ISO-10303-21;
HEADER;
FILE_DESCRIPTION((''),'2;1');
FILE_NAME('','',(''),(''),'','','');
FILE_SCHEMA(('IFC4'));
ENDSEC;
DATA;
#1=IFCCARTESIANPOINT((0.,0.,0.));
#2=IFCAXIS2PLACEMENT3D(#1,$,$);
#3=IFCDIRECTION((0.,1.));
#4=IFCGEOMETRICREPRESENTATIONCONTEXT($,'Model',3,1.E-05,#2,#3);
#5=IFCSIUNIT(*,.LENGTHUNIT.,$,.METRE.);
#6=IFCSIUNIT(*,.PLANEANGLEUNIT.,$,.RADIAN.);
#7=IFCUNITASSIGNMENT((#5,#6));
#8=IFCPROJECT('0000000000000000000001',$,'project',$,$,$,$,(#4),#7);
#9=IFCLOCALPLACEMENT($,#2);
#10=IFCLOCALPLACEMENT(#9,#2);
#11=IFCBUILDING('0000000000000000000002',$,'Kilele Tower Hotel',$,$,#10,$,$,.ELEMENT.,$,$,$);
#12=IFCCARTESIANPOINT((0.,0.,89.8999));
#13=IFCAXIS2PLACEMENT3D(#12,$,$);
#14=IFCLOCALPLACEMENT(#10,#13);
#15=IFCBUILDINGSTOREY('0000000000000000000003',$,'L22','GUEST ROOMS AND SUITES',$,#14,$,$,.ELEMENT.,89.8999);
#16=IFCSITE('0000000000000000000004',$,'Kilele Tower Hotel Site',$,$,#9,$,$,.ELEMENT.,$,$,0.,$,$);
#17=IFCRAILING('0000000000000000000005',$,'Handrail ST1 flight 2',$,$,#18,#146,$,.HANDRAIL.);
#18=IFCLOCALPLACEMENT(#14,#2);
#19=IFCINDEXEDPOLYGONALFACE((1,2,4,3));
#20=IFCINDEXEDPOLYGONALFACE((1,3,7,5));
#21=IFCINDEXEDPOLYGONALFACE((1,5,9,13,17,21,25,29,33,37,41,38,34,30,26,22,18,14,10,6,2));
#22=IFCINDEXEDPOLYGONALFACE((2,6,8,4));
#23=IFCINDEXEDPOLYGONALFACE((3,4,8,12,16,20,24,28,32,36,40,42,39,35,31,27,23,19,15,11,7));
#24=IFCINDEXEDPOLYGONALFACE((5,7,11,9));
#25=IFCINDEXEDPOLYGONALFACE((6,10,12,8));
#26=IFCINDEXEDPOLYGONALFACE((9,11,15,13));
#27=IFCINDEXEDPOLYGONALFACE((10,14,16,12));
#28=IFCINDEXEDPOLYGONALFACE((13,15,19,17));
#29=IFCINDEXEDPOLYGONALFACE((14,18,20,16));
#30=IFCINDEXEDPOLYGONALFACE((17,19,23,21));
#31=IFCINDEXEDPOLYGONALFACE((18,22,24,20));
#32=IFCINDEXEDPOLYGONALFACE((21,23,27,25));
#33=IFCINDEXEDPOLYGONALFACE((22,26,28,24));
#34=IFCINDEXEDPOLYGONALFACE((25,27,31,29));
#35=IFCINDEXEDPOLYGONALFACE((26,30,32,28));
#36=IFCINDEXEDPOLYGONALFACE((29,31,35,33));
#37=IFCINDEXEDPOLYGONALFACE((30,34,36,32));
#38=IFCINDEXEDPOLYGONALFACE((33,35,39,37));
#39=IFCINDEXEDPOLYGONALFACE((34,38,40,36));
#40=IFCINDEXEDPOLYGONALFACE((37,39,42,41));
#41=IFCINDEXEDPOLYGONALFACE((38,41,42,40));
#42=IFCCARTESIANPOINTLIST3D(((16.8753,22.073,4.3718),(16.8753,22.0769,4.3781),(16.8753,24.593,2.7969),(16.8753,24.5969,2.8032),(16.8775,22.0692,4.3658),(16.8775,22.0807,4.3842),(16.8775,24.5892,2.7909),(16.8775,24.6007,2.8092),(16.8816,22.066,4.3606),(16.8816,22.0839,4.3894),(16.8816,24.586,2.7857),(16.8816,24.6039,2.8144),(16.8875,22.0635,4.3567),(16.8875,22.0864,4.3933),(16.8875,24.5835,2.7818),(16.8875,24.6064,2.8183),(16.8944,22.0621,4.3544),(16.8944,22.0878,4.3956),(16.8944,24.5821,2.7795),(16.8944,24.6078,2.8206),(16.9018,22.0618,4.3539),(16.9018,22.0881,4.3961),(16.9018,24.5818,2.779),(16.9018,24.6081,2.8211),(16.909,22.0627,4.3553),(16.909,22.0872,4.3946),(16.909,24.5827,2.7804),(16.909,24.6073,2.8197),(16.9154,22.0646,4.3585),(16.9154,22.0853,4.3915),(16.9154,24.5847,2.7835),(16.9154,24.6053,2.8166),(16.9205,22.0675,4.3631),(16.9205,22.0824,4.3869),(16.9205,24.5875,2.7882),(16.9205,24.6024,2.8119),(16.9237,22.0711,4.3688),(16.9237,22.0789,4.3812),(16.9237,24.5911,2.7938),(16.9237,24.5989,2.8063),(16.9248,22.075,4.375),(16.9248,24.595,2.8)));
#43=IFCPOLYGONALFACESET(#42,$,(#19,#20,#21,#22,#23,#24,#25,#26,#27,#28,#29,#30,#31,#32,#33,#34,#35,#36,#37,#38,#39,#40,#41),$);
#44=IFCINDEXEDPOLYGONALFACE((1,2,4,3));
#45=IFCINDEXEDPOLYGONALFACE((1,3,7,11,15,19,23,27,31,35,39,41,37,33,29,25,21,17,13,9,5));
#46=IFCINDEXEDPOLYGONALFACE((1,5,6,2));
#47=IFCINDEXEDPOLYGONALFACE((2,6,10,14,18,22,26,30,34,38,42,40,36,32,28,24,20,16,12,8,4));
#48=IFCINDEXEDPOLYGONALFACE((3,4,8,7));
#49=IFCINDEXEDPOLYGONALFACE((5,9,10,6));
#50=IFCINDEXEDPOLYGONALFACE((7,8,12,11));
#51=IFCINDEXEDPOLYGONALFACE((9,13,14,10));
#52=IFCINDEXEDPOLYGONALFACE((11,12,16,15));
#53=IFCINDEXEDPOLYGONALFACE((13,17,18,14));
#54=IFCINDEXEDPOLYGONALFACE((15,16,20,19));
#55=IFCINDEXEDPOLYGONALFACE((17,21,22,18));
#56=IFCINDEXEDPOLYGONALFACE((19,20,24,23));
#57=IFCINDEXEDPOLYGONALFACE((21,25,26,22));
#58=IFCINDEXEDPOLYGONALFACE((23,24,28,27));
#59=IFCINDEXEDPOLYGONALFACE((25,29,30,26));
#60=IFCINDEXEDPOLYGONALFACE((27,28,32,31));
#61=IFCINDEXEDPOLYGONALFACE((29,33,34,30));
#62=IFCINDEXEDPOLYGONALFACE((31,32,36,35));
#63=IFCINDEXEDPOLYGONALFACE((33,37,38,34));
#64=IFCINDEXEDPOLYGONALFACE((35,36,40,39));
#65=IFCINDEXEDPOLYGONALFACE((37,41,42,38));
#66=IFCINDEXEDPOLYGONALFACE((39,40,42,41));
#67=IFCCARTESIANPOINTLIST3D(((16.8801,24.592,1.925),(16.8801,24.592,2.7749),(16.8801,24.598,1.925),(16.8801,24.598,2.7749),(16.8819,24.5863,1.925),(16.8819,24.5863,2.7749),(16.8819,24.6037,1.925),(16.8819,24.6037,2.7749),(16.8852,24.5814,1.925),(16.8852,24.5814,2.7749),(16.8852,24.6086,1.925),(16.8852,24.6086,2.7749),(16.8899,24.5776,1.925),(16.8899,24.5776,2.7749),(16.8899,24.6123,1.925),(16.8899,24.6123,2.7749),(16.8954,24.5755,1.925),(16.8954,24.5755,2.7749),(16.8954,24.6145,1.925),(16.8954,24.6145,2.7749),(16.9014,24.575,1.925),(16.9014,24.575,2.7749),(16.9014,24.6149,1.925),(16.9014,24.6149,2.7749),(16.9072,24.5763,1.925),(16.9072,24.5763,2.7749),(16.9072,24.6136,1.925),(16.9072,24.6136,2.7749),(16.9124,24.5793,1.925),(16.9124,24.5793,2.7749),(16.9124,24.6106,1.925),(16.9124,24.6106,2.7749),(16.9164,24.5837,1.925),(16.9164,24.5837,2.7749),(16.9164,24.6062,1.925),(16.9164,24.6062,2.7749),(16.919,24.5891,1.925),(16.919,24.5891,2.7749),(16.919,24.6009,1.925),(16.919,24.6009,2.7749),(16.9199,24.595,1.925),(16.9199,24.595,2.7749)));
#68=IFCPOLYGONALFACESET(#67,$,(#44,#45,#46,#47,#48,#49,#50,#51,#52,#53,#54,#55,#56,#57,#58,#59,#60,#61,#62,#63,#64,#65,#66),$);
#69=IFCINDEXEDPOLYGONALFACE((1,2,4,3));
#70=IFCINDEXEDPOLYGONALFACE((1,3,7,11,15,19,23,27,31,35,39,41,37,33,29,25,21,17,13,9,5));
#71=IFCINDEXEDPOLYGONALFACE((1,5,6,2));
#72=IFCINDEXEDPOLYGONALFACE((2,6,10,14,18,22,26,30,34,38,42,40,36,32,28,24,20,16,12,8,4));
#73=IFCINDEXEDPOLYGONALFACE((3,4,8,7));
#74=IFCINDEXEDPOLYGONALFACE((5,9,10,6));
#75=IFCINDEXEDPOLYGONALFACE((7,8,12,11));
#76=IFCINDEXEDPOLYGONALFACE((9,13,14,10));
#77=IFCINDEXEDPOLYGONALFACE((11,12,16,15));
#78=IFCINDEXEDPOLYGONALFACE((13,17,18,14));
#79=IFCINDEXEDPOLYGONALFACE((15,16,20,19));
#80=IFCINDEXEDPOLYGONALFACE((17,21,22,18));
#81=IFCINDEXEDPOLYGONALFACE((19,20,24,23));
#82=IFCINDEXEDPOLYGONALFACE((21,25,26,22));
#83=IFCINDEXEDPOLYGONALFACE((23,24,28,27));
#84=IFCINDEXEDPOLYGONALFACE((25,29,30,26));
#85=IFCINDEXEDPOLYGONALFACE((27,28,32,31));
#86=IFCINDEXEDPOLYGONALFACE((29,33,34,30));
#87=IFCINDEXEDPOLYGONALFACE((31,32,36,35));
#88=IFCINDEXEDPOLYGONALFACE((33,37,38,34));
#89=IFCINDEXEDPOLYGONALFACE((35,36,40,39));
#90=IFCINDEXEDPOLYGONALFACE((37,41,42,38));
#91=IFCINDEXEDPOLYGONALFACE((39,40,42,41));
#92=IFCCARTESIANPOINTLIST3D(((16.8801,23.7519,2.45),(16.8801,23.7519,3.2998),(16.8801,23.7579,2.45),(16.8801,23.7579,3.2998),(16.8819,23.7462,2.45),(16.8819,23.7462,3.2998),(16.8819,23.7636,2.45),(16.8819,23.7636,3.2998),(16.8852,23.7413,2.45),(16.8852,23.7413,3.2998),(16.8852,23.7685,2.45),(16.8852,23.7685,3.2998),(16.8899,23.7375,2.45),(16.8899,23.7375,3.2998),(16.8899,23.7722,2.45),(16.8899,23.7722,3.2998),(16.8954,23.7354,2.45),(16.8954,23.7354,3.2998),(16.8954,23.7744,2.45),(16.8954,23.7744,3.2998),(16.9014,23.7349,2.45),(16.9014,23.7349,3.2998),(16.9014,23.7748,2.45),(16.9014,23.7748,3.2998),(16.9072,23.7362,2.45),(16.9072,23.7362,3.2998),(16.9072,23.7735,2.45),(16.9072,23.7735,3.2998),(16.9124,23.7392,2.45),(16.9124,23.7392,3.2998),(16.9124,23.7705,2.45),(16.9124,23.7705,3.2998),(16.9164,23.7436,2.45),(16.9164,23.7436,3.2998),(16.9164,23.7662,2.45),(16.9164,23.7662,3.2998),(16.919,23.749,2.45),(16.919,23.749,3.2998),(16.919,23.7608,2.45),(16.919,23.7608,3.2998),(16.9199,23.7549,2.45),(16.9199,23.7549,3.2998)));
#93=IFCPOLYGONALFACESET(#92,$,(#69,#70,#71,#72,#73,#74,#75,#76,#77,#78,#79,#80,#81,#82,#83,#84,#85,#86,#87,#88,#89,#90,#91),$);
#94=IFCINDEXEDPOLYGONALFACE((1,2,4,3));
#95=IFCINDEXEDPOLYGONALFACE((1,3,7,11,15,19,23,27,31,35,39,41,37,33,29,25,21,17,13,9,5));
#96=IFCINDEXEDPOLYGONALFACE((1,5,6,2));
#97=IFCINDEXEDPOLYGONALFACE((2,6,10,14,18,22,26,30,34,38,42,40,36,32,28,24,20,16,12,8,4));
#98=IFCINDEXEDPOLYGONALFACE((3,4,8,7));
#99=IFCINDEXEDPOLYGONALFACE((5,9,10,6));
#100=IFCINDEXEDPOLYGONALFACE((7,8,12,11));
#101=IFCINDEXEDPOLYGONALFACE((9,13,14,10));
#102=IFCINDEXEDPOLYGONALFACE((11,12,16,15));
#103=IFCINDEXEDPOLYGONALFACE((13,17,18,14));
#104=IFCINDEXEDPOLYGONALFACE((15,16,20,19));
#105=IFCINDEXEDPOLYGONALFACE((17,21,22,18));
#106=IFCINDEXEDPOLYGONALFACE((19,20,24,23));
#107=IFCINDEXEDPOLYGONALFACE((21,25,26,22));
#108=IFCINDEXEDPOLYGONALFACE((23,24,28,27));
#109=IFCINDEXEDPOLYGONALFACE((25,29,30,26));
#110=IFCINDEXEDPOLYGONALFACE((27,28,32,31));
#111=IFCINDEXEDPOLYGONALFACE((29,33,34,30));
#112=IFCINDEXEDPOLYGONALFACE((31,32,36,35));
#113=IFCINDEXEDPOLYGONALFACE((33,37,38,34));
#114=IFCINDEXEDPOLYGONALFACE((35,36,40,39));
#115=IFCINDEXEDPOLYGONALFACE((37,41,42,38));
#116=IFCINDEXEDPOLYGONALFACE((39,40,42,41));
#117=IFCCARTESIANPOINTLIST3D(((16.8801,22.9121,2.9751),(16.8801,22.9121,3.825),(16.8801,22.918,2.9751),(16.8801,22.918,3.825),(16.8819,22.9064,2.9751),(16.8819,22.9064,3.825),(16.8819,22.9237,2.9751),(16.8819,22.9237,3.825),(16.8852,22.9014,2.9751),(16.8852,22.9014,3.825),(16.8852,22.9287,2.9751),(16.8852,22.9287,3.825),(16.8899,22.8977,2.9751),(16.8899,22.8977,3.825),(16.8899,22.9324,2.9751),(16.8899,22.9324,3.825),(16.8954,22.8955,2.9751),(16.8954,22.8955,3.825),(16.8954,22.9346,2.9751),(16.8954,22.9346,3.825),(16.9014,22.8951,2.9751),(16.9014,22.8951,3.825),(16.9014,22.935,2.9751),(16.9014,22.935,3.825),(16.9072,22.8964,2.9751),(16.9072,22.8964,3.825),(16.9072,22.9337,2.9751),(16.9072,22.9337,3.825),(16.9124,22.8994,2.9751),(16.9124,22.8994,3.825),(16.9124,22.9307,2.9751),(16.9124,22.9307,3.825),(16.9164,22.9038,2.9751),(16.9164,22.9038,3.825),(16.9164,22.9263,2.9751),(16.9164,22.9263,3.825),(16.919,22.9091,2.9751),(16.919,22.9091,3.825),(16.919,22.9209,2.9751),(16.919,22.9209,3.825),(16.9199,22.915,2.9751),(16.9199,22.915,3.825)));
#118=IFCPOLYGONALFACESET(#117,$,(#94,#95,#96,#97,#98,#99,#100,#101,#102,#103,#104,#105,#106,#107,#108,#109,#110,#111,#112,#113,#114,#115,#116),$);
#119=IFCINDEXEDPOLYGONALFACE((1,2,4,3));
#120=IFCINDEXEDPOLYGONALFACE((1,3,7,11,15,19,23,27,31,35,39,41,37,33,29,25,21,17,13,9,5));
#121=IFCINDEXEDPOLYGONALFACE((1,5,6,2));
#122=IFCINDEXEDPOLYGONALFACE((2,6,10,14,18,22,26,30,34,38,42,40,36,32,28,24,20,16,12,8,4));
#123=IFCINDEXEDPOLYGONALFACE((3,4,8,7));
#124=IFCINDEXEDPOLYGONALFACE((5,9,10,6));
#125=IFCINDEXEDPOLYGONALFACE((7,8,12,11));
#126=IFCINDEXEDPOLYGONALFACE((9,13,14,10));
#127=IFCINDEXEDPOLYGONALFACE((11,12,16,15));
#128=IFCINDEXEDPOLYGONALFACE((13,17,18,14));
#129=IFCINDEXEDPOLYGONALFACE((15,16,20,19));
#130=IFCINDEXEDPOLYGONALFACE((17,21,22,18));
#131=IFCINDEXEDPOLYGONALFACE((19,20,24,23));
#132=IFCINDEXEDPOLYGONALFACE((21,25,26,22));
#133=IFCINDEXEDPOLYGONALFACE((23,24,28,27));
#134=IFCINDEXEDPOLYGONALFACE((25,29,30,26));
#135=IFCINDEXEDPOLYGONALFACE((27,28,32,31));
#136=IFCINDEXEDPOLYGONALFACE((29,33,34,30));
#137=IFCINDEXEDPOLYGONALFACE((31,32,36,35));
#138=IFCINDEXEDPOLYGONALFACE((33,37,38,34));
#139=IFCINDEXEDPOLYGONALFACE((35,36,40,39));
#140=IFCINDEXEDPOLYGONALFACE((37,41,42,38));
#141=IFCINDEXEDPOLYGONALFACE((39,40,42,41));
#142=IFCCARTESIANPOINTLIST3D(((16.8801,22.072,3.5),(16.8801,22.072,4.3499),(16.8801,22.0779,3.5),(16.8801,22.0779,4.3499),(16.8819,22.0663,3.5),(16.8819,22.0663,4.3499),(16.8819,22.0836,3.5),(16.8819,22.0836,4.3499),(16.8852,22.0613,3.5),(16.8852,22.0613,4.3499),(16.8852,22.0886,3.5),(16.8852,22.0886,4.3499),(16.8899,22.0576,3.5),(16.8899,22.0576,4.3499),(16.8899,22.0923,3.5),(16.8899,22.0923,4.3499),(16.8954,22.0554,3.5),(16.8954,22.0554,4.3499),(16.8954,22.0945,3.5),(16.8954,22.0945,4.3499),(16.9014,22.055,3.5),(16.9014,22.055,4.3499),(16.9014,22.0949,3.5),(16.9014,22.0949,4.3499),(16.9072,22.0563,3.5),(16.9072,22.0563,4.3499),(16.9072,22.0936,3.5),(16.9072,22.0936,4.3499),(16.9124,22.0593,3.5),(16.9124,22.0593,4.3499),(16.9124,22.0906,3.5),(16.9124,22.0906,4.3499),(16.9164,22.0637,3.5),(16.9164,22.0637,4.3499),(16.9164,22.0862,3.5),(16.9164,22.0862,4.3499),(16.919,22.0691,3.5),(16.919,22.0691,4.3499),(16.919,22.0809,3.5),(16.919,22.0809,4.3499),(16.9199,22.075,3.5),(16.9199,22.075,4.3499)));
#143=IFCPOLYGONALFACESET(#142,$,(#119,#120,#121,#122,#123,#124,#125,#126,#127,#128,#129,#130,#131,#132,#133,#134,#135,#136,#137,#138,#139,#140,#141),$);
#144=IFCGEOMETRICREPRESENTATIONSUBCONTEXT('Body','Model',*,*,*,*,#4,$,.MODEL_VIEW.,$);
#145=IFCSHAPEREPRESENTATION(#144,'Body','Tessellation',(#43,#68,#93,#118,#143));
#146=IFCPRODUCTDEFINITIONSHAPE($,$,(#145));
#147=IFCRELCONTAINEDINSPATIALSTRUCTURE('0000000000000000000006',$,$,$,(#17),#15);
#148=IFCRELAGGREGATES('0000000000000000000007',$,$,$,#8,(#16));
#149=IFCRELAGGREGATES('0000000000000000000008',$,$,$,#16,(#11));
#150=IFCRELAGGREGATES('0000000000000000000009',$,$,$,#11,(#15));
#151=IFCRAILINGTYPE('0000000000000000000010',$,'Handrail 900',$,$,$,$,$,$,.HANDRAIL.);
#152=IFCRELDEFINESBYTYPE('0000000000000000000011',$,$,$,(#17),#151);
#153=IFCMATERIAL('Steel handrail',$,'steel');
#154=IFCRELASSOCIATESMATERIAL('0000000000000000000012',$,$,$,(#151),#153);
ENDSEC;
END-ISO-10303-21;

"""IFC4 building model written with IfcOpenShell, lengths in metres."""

from ifc_helpers import new_model, si_unit, direction, frame, origin, origin_2d, place, context, subcontext, project, spatial, circle, extrude, material, type_object, element, save


model = new_model("IFC4")

# Units and contexts
model_context = context("Model", 3, precision=1e-05, world=origin(), true_north=direction((0.0, 1.0)))
body_context = subcontext(model_context, "Body", "Model", "MODEL_VIEW")
ifc_project = project(units=[si_unit("LENGTHUNIT", "METRE"), si_unit("PLANEANGLEUNIT", "RADIAN")], contexts=[model_context])

# Site, building, storey
site_placement = place(None, origin())
site = spatial("IfcSite", under=ifc_project, at=site_placement, Name="Kilele Tower Hotel Site", CompositionType="ELEMENT", RefElevation=0.0)
building_placement = place(site_placement, origin())
building = spatial("IfcBuilding", under=site, at=building_placement, Name="Kilele Tower Hotel", CompositionType="ELEMENT")
storey_placement = place(building_placement, frame((0.0, 0.0, 89.8999)))
storey = spatial("IfcBuildingStorey", under=building, at=storey_placement, Name="L22", Description="GUEST ROOMS AND SUITES", CompositionType="ELEMENT", Elevation=89.8999)

# Railing
ifc_material_1 = material(Name="Steel handrail", Category="steel")
railing_type_1 = type_object("IfcRailingType", Name="Handrail 900", PredefinedType="HANDRAIL", material=ifc_material_1)
for number, where, name in (
    (1, (16.8999, 24.595, 1.925), "Handrail ST1 flight 2"),
):
    element("IfcRailing", number, at=place(storey_placement, frame(where)), inside=storey, type_object=railing_type_1, Name=name, PredefinedType="HANDRAIL", context=body_context, shape_type="SweptSolid", body=[
        extrude(circle(Radius=0.0249, at=origin_2d()), frame((0.0, 0.0, 0.875), z_axis=(0.0, -0.848008, 0.529984), x_axis=(1.0, 0.0, 0.0)), (0.0, 0.0, 1.0), 2.9717),
        extrude(circle(Radius=0.02, at=origin_2d()), origin(), (0.0, 0.0, 1.0), 0.8499),
        extrude(circle(Radius=0.02, at=origin_2d()), frame((0.0, -0.8401, 0.5249)), (0.0, 0.0, 1.0), 0.8499),
        extrude(circle(Radius=0.02, at=origin_2d()), frame((0.0, -1.6799, 1.05)), (0.0, 0.0, 1.0), 0.8499),
        extrude(circle(Radius=0.02, at=origin_2d()), frame((0.0, -2.52, 1.575)), (0.0, 0.0, 1.0), 0.8499),
    ])

save(model, "model.ifc")
